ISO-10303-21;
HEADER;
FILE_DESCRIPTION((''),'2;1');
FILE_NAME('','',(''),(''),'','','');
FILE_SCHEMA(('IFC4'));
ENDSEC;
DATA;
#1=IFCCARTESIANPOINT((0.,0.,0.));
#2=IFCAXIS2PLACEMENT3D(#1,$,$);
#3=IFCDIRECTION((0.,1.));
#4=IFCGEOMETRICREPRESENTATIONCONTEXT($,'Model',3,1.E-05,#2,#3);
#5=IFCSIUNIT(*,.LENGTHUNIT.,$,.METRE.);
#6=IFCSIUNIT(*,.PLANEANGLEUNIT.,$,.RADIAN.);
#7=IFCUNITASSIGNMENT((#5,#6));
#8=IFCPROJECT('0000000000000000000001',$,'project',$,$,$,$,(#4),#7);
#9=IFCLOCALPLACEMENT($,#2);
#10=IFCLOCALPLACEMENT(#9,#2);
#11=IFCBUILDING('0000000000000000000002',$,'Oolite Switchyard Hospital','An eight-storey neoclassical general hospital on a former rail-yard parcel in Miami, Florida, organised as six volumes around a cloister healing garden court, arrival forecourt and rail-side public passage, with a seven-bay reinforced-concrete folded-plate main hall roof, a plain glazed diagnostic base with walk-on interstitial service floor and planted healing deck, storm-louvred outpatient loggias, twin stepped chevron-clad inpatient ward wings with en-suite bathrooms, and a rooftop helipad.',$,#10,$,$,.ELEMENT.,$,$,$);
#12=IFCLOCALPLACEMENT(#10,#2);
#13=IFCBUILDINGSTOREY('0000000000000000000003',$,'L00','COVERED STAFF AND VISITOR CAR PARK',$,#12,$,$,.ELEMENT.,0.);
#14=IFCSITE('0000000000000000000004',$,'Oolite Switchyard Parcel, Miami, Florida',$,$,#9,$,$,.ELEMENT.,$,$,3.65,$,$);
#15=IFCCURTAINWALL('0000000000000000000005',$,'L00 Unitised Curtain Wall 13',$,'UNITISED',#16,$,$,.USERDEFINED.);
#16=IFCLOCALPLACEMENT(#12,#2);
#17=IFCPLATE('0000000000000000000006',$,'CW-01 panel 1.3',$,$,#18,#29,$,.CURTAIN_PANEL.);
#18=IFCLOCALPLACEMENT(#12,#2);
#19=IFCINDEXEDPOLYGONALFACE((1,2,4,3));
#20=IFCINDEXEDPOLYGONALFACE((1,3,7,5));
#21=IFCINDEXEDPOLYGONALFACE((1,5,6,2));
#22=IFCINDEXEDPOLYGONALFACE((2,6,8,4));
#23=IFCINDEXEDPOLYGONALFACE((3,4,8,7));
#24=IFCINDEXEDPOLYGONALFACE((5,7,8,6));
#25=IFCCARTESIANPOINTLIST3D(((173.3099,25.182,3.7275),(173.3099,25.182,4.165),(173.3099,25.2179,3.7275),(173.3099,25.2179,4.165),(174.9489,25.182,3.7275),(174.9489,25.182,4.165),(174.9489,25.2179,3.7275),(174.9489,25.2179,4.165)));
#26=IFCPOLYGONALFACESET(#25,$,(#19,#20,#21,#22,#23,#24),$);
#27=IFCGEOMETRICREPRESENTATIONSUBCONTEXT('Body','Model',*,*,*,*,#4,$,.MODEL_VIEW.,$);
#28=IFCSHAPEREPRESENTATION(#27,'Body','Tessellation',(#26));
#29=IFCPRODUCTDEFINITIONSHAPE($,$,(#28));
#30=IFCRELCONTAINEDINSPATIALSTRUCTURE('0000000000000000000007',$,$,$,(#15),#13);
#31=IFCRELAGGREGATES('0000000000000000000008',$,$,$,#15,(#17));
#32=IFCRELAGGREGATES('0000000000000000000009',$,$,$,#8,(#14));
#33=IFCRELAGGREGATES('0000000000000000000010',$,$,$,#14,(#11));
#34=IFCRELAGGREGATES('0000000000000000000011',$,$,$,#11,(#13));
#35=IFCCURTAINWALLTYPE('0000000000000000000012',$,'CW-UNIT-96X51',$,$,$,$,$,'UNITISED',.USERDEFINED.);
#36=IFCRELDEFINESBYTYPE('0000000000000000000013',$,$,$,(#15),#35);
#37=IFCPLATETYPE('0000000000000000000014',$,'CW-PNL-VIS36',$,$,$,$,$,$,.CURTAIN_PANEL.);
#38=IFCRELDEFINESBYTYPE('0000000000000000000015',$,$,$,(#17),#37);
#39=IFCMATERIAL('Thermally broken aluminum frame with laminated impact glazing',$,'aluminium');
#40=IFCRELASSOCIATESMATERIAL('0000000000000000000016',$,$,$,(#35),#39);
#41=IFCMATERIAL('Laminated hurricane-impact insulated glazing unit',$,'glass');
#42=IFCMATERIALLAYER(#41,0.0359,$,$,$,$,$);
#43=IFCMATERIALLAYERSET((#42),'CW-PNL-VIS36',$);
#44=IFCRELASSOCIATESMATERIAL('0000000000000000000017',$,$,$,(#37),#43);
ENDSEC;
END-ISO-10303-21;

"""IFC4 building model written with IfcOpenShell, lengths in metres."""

from ifc_helpers import new_model, si_unit, direction, frame, origin, origin_2d, place, context, subcontext, project, spatial, rectangle, extrude, material, layer, layer_set, type_object, element, aggregate, save


model = new_model("IFC4")

# Units and contexts
model_context = context("Model", 3, precision=1e-05, world=origin(), true_north=direction((0.0, 1.0)))
body_context = subcontext(model_context, "Body", "Model", "MODEL_VIEW")
ifc_project = project(units=[si_unit("LENGTHUNIT", "METRE"), si_unit("PLANEANGLEUNIT", "RADIAN")], contexts=[model_context])

# Site, building, storey
site_placement = place(None, origin())
site = spatial("IfcSite", under=ifc_project, at=site_placement, Name="Oolite Switchyard Parcel, Miami, Florida", CompositionType="ELEMENT", RefElevation=3.65)
building_placement = place(site_placement, origin())
building = spatial("IfcBuilding", under=site, at=building_placement, Name="Oolite Switchyard Hospital", Description="An eight-storey neoclassical general hospital on a former rail-yard parcel in Miami, Florida, organised as six volumes around a cloister healing garden court, arrival forecourt and rail-side public passage, with a seven-bay reinforced-concrete folded-plate main hall roof, a plain glazed diagnostic base with walk-on interstitial service floor and planted healing deck, storm-louvred outpatient loggias, twin stepped chevron-clad inpatient ward wings with en-suite bathrooms, and a rooftop helipad.", CompositionType="ELEMENT")
storey_placement = place(building_placement, origin())
storey = spatial("IfcBuildingStorey", under=building, at=storey_placement, Name="L00", Description="COVERED STAFF AND VISITOR CAR PARK", CompositionType="ELEMENT", Elevation=0.0)

# Curtain wall
ifc_material_1 = material(Name="Thermally broken aluminum frame with laminated impact glazing", Category="aluminium")
curtain_wall_type = type_object("IfcCurtainWallType", Name="CW-UNIT-96X51", ElementType="UNITISED", PredefinedType="USERDEFINED", material=ifc_material_1)
curtain_wall_1_placement = place(storey_placement, origin())
curtain_wall_1 = element("IfcCurtainWall", 1, at=curtain_wall_1_placement, inside=storey, type_object=curtain_wall_type, Name="L00 Unitised Curtain Wall 13", ObjectType="UNITISED", PredefinedType="USERDEFINED")

# Plate
ifc_material_2 = material(Name="Laminated hurricane-impact insulated glazing unit", Category="glass")
ifc_layer_1 = layer(ifc_material_2, 0.0359)
ifc_layer_set_1 = layer_set([ifc_layer_1], Name="CW-PNL-VIS36")
plate_type_1 = type_object("IfcPlateType", Name="CW-PNL-VIS36", PredefinedType="CURTAIN_PANEL", material=ifc_layer_set_1)
plate_1_placement = place(storey_placement, frame((174.1294, 25.2, 3.7275), z_axis=(0.0, 0.0, 1.0), x_axis=(1.0, 0.0, 0.0)))
plate_1 = element("IfcPlate", 2, at=plate_1_placement, type_object=plate_type_1, Name="CW-01 panel 1.3", PredefinedType="CURTAIN_PANEL", context=body_context, shape_type="SweptSolid", body=[
    extrude(rectangle(XDim=1.6389, YDim=0.0359, at=origin_2d()), origin(), (0.0, 0.0, 1.0), 0.4375),
])
aggregate(curtain_wall_1, [plate_1])

save(model, "model.ifc")
